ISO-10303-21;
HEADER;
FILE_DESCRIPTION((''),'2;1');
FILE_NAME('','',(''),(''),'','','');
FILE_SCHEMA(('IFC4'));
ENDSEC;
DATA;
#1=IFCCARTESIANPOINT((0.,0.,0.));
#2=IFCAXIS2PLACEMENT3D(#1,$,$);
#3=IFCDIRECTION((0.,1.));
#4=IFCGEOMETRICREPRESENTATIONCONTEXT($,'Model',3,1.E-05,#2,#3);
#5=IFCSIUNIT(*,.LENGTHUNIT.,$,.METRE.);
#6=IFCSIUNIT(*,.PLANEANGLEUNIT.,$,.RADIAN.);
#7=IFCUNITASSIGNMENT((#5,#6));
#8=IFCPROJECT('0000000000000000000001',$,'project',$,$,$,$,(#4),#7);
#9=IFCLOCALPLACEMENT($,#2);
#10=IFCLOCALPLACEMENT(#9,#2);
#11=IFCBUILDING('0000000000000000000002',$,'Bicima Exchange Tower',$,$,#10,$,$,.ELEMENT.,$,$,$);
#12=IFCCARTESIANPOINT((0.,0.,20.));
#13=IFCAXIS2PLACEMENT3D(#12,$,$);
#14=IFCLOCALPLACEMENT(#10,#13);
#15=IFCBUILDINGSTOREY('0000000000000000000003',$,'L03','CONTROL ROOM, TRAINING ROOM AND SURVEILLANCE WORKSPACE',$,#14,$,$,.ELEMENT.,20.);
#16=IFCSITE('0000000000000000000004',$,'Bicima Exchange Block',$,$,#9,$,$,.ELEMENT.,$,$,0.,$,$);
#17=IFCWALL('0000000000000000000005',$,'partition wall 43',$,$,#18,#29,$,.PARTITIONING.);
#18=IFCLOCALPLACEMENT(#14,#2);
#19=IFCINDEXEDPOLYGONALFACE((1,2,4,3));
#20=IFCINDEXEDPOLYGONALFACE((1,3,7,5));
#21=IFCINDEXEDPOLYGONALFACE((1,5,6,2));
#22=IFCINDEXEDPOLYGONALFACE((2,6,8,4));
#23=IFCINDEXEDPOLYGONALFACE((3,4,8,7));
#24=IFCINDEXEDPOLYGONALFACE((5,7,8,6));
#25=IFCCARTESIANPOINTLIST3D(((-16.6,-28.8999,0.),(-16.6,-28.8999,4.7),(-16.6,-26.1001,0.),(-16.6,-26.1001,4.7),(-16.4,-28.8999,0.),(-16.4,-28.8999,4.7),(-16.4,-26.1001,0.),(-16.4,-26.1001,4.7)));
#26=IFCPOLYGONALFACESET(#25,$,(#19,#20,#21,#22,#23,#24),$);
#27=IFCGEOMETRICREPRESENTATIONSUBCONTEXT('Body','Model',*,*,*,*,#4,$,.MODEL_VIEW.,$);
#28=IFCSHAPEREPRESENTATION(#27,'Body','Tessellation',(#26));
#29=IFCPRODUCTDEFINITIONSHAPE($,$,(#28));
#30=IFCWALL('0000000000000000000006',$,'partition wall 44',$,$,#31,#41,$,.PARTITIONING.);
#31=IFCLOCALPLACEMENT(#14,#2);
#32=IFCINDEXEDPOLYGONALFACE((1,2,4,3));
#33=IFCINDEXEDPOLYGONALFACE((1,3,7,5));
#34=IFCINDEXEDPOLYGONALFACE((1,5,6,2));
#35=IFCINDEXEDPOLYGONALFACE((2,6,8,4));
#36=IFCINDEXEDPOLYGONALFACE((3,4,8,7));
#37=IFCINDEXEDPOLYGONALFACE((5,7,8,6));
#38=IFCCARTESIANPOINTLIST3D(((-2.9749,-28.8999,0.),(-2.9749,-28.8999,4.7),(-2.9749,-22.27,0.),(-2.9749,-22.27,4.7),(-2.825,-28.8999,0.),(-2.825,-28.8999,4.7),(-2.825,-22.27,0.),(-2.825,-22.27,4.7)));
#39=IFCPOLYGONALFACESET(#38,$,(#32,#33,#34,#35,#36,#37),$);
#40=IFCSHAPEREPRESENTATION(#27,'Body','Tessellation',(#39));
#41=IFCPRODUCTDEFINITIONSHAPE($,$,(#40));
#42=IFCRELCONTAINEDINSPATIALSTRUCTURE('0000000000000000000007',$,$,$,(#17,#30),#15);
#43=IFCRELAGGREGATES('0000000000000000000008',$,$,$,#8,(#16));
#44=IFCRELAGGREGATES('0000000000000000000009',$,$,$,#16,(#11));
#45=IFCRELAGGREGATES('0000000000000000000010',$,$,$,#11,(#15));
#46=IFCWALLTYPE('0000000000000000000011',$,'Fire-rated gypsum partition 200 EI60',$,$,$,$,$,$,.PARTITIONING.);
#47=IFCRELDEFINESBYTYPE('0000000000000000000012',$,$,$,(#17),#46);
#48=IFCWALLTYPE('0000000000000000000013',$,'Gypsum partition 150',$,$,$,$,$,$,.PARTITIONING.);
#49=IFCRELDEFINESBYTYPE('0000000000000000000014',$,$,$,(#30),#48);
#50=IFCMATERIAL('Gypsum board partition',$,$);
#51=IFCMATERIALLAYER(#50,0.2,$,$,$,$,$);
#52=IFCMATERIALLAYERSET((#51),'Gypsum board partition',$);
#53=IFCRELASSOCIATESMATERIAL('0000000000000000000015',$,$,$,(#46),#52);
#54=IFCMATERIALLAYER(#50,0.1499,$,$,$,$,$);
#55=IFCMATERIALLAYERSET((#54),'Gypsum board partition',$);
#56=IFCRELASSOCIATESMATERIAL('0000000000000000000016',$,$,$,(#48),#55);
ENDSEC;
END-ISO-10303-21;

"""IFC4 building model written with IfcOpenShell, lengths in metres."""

from ifc_helpers import new_model, si_unit, direction, frame, frame_2d, origin, place, context, subcontext, project, spatial, rectangle, extrude, material, layer, layer_set, type_object, element, save


model = new_model("IFC4")

# Units and contexts
model_context = context("Model", 3, precision=1e-05, world=origin(), true_north=direction((0.0, 1.0)))
body_context = subcontext(model_context, "Body", "Model", "MODEL_VIEW")
ifc_project = project(units=[si_unit("LENGTHUNIT", "METRE"), si_unit("PLANEANGLEUNIT", "RADIAN")], contexts=[model_context])

# Site, building, storey
site_placement = place(None, origin())
site = spatial("IfcSite", under=ifc_project, at=site_placement, Name="Bicima Exchange Block", CompositionType="ELEMENT", RefElevation=0.0)
building_placement = place(site_placement, origin())
building = spatial("IfcBuilding", under=site, at=building_placement, Name="Bicima Exchange Tower", CompositionType="ELEMENT")
storey_placement = place(building_placement, frame((0.0, 0.0, 20.0)))
storey = spatial("IfcBuildingStorey", under=building, at=storey_placement, Name="L03", Description="CONTROL ROOM, TRAINING ROOM AND SURVEILLANCE WORKSPACE", CompositionType="ELEMENT", Elevation=20.0)

# Walls
ifc_material_1 = material(Name="Gypsum board partition")
ifc_layer_1 = layer(ifc_material_1, 0.2)
ifc_layer_set_1 = layer_set([ifc_layer_1], Name="Gypsum board partition")
wall_type_1 = type_object("IfcWallType", Name="Fire-rated gypsum partition 200 EI60", PredefinedType="PARTITIONING", material=ifc_layer_set_1)
wall_1_placement = place(storey_placement, frame((-16.5, -28.8999, 0.0), z_axis=(0.0, 0.0, 1.0), x_axis=(0.0, 1.0, 0.0)))
element("IfcWall", 1, at=wall_1_placement, inside=storey, type_object=wall_type_1, Name="partition wall 43", PredefinedType="PARTITIONING", context=body_context, shape_type="SweptSolid", body=[
    extrude(rectangle(XDim=2.7998, YDim=0.2, at=frame_2d((1.3999, 0.0))), origin(), (0.0, 0.0, 1.0), 4.7),
])
ifc_layer_2 = layer(ifc_material_1, 0.1499)
ifc_layer_set_2 = layer_set([ifc_layer_2], Name="Gypsum board partition")
wall_type_2 = type_object("IfcWallType", Name="Gypsum partition 150", PredefinedType="PARTITIONING", material=ifc_layer_set_2)
wall_2_placement = place(storey_placement, frame((-2.8999, -28.8999, 0.0), z_axis=(0.0, 0.0, 1.0), x_axis=(0.0, 1.0, 0.0)))
element("IfcWall", 2, at=wall_2_placement, inside=storey, type_object=wall_type_2, Name="partition wall 44", PredefinedType="PARTITIONING", context=body_context, shape_type="SweptSolid", body=[
    extrude(rectangle(XDim=6.6299, YDim=0.1499, at=frame_2d((3.3149, 0.0))), origin(), (0.0, 0.0, 1.0), 4.7),
])

save(model, "model.ifc")
